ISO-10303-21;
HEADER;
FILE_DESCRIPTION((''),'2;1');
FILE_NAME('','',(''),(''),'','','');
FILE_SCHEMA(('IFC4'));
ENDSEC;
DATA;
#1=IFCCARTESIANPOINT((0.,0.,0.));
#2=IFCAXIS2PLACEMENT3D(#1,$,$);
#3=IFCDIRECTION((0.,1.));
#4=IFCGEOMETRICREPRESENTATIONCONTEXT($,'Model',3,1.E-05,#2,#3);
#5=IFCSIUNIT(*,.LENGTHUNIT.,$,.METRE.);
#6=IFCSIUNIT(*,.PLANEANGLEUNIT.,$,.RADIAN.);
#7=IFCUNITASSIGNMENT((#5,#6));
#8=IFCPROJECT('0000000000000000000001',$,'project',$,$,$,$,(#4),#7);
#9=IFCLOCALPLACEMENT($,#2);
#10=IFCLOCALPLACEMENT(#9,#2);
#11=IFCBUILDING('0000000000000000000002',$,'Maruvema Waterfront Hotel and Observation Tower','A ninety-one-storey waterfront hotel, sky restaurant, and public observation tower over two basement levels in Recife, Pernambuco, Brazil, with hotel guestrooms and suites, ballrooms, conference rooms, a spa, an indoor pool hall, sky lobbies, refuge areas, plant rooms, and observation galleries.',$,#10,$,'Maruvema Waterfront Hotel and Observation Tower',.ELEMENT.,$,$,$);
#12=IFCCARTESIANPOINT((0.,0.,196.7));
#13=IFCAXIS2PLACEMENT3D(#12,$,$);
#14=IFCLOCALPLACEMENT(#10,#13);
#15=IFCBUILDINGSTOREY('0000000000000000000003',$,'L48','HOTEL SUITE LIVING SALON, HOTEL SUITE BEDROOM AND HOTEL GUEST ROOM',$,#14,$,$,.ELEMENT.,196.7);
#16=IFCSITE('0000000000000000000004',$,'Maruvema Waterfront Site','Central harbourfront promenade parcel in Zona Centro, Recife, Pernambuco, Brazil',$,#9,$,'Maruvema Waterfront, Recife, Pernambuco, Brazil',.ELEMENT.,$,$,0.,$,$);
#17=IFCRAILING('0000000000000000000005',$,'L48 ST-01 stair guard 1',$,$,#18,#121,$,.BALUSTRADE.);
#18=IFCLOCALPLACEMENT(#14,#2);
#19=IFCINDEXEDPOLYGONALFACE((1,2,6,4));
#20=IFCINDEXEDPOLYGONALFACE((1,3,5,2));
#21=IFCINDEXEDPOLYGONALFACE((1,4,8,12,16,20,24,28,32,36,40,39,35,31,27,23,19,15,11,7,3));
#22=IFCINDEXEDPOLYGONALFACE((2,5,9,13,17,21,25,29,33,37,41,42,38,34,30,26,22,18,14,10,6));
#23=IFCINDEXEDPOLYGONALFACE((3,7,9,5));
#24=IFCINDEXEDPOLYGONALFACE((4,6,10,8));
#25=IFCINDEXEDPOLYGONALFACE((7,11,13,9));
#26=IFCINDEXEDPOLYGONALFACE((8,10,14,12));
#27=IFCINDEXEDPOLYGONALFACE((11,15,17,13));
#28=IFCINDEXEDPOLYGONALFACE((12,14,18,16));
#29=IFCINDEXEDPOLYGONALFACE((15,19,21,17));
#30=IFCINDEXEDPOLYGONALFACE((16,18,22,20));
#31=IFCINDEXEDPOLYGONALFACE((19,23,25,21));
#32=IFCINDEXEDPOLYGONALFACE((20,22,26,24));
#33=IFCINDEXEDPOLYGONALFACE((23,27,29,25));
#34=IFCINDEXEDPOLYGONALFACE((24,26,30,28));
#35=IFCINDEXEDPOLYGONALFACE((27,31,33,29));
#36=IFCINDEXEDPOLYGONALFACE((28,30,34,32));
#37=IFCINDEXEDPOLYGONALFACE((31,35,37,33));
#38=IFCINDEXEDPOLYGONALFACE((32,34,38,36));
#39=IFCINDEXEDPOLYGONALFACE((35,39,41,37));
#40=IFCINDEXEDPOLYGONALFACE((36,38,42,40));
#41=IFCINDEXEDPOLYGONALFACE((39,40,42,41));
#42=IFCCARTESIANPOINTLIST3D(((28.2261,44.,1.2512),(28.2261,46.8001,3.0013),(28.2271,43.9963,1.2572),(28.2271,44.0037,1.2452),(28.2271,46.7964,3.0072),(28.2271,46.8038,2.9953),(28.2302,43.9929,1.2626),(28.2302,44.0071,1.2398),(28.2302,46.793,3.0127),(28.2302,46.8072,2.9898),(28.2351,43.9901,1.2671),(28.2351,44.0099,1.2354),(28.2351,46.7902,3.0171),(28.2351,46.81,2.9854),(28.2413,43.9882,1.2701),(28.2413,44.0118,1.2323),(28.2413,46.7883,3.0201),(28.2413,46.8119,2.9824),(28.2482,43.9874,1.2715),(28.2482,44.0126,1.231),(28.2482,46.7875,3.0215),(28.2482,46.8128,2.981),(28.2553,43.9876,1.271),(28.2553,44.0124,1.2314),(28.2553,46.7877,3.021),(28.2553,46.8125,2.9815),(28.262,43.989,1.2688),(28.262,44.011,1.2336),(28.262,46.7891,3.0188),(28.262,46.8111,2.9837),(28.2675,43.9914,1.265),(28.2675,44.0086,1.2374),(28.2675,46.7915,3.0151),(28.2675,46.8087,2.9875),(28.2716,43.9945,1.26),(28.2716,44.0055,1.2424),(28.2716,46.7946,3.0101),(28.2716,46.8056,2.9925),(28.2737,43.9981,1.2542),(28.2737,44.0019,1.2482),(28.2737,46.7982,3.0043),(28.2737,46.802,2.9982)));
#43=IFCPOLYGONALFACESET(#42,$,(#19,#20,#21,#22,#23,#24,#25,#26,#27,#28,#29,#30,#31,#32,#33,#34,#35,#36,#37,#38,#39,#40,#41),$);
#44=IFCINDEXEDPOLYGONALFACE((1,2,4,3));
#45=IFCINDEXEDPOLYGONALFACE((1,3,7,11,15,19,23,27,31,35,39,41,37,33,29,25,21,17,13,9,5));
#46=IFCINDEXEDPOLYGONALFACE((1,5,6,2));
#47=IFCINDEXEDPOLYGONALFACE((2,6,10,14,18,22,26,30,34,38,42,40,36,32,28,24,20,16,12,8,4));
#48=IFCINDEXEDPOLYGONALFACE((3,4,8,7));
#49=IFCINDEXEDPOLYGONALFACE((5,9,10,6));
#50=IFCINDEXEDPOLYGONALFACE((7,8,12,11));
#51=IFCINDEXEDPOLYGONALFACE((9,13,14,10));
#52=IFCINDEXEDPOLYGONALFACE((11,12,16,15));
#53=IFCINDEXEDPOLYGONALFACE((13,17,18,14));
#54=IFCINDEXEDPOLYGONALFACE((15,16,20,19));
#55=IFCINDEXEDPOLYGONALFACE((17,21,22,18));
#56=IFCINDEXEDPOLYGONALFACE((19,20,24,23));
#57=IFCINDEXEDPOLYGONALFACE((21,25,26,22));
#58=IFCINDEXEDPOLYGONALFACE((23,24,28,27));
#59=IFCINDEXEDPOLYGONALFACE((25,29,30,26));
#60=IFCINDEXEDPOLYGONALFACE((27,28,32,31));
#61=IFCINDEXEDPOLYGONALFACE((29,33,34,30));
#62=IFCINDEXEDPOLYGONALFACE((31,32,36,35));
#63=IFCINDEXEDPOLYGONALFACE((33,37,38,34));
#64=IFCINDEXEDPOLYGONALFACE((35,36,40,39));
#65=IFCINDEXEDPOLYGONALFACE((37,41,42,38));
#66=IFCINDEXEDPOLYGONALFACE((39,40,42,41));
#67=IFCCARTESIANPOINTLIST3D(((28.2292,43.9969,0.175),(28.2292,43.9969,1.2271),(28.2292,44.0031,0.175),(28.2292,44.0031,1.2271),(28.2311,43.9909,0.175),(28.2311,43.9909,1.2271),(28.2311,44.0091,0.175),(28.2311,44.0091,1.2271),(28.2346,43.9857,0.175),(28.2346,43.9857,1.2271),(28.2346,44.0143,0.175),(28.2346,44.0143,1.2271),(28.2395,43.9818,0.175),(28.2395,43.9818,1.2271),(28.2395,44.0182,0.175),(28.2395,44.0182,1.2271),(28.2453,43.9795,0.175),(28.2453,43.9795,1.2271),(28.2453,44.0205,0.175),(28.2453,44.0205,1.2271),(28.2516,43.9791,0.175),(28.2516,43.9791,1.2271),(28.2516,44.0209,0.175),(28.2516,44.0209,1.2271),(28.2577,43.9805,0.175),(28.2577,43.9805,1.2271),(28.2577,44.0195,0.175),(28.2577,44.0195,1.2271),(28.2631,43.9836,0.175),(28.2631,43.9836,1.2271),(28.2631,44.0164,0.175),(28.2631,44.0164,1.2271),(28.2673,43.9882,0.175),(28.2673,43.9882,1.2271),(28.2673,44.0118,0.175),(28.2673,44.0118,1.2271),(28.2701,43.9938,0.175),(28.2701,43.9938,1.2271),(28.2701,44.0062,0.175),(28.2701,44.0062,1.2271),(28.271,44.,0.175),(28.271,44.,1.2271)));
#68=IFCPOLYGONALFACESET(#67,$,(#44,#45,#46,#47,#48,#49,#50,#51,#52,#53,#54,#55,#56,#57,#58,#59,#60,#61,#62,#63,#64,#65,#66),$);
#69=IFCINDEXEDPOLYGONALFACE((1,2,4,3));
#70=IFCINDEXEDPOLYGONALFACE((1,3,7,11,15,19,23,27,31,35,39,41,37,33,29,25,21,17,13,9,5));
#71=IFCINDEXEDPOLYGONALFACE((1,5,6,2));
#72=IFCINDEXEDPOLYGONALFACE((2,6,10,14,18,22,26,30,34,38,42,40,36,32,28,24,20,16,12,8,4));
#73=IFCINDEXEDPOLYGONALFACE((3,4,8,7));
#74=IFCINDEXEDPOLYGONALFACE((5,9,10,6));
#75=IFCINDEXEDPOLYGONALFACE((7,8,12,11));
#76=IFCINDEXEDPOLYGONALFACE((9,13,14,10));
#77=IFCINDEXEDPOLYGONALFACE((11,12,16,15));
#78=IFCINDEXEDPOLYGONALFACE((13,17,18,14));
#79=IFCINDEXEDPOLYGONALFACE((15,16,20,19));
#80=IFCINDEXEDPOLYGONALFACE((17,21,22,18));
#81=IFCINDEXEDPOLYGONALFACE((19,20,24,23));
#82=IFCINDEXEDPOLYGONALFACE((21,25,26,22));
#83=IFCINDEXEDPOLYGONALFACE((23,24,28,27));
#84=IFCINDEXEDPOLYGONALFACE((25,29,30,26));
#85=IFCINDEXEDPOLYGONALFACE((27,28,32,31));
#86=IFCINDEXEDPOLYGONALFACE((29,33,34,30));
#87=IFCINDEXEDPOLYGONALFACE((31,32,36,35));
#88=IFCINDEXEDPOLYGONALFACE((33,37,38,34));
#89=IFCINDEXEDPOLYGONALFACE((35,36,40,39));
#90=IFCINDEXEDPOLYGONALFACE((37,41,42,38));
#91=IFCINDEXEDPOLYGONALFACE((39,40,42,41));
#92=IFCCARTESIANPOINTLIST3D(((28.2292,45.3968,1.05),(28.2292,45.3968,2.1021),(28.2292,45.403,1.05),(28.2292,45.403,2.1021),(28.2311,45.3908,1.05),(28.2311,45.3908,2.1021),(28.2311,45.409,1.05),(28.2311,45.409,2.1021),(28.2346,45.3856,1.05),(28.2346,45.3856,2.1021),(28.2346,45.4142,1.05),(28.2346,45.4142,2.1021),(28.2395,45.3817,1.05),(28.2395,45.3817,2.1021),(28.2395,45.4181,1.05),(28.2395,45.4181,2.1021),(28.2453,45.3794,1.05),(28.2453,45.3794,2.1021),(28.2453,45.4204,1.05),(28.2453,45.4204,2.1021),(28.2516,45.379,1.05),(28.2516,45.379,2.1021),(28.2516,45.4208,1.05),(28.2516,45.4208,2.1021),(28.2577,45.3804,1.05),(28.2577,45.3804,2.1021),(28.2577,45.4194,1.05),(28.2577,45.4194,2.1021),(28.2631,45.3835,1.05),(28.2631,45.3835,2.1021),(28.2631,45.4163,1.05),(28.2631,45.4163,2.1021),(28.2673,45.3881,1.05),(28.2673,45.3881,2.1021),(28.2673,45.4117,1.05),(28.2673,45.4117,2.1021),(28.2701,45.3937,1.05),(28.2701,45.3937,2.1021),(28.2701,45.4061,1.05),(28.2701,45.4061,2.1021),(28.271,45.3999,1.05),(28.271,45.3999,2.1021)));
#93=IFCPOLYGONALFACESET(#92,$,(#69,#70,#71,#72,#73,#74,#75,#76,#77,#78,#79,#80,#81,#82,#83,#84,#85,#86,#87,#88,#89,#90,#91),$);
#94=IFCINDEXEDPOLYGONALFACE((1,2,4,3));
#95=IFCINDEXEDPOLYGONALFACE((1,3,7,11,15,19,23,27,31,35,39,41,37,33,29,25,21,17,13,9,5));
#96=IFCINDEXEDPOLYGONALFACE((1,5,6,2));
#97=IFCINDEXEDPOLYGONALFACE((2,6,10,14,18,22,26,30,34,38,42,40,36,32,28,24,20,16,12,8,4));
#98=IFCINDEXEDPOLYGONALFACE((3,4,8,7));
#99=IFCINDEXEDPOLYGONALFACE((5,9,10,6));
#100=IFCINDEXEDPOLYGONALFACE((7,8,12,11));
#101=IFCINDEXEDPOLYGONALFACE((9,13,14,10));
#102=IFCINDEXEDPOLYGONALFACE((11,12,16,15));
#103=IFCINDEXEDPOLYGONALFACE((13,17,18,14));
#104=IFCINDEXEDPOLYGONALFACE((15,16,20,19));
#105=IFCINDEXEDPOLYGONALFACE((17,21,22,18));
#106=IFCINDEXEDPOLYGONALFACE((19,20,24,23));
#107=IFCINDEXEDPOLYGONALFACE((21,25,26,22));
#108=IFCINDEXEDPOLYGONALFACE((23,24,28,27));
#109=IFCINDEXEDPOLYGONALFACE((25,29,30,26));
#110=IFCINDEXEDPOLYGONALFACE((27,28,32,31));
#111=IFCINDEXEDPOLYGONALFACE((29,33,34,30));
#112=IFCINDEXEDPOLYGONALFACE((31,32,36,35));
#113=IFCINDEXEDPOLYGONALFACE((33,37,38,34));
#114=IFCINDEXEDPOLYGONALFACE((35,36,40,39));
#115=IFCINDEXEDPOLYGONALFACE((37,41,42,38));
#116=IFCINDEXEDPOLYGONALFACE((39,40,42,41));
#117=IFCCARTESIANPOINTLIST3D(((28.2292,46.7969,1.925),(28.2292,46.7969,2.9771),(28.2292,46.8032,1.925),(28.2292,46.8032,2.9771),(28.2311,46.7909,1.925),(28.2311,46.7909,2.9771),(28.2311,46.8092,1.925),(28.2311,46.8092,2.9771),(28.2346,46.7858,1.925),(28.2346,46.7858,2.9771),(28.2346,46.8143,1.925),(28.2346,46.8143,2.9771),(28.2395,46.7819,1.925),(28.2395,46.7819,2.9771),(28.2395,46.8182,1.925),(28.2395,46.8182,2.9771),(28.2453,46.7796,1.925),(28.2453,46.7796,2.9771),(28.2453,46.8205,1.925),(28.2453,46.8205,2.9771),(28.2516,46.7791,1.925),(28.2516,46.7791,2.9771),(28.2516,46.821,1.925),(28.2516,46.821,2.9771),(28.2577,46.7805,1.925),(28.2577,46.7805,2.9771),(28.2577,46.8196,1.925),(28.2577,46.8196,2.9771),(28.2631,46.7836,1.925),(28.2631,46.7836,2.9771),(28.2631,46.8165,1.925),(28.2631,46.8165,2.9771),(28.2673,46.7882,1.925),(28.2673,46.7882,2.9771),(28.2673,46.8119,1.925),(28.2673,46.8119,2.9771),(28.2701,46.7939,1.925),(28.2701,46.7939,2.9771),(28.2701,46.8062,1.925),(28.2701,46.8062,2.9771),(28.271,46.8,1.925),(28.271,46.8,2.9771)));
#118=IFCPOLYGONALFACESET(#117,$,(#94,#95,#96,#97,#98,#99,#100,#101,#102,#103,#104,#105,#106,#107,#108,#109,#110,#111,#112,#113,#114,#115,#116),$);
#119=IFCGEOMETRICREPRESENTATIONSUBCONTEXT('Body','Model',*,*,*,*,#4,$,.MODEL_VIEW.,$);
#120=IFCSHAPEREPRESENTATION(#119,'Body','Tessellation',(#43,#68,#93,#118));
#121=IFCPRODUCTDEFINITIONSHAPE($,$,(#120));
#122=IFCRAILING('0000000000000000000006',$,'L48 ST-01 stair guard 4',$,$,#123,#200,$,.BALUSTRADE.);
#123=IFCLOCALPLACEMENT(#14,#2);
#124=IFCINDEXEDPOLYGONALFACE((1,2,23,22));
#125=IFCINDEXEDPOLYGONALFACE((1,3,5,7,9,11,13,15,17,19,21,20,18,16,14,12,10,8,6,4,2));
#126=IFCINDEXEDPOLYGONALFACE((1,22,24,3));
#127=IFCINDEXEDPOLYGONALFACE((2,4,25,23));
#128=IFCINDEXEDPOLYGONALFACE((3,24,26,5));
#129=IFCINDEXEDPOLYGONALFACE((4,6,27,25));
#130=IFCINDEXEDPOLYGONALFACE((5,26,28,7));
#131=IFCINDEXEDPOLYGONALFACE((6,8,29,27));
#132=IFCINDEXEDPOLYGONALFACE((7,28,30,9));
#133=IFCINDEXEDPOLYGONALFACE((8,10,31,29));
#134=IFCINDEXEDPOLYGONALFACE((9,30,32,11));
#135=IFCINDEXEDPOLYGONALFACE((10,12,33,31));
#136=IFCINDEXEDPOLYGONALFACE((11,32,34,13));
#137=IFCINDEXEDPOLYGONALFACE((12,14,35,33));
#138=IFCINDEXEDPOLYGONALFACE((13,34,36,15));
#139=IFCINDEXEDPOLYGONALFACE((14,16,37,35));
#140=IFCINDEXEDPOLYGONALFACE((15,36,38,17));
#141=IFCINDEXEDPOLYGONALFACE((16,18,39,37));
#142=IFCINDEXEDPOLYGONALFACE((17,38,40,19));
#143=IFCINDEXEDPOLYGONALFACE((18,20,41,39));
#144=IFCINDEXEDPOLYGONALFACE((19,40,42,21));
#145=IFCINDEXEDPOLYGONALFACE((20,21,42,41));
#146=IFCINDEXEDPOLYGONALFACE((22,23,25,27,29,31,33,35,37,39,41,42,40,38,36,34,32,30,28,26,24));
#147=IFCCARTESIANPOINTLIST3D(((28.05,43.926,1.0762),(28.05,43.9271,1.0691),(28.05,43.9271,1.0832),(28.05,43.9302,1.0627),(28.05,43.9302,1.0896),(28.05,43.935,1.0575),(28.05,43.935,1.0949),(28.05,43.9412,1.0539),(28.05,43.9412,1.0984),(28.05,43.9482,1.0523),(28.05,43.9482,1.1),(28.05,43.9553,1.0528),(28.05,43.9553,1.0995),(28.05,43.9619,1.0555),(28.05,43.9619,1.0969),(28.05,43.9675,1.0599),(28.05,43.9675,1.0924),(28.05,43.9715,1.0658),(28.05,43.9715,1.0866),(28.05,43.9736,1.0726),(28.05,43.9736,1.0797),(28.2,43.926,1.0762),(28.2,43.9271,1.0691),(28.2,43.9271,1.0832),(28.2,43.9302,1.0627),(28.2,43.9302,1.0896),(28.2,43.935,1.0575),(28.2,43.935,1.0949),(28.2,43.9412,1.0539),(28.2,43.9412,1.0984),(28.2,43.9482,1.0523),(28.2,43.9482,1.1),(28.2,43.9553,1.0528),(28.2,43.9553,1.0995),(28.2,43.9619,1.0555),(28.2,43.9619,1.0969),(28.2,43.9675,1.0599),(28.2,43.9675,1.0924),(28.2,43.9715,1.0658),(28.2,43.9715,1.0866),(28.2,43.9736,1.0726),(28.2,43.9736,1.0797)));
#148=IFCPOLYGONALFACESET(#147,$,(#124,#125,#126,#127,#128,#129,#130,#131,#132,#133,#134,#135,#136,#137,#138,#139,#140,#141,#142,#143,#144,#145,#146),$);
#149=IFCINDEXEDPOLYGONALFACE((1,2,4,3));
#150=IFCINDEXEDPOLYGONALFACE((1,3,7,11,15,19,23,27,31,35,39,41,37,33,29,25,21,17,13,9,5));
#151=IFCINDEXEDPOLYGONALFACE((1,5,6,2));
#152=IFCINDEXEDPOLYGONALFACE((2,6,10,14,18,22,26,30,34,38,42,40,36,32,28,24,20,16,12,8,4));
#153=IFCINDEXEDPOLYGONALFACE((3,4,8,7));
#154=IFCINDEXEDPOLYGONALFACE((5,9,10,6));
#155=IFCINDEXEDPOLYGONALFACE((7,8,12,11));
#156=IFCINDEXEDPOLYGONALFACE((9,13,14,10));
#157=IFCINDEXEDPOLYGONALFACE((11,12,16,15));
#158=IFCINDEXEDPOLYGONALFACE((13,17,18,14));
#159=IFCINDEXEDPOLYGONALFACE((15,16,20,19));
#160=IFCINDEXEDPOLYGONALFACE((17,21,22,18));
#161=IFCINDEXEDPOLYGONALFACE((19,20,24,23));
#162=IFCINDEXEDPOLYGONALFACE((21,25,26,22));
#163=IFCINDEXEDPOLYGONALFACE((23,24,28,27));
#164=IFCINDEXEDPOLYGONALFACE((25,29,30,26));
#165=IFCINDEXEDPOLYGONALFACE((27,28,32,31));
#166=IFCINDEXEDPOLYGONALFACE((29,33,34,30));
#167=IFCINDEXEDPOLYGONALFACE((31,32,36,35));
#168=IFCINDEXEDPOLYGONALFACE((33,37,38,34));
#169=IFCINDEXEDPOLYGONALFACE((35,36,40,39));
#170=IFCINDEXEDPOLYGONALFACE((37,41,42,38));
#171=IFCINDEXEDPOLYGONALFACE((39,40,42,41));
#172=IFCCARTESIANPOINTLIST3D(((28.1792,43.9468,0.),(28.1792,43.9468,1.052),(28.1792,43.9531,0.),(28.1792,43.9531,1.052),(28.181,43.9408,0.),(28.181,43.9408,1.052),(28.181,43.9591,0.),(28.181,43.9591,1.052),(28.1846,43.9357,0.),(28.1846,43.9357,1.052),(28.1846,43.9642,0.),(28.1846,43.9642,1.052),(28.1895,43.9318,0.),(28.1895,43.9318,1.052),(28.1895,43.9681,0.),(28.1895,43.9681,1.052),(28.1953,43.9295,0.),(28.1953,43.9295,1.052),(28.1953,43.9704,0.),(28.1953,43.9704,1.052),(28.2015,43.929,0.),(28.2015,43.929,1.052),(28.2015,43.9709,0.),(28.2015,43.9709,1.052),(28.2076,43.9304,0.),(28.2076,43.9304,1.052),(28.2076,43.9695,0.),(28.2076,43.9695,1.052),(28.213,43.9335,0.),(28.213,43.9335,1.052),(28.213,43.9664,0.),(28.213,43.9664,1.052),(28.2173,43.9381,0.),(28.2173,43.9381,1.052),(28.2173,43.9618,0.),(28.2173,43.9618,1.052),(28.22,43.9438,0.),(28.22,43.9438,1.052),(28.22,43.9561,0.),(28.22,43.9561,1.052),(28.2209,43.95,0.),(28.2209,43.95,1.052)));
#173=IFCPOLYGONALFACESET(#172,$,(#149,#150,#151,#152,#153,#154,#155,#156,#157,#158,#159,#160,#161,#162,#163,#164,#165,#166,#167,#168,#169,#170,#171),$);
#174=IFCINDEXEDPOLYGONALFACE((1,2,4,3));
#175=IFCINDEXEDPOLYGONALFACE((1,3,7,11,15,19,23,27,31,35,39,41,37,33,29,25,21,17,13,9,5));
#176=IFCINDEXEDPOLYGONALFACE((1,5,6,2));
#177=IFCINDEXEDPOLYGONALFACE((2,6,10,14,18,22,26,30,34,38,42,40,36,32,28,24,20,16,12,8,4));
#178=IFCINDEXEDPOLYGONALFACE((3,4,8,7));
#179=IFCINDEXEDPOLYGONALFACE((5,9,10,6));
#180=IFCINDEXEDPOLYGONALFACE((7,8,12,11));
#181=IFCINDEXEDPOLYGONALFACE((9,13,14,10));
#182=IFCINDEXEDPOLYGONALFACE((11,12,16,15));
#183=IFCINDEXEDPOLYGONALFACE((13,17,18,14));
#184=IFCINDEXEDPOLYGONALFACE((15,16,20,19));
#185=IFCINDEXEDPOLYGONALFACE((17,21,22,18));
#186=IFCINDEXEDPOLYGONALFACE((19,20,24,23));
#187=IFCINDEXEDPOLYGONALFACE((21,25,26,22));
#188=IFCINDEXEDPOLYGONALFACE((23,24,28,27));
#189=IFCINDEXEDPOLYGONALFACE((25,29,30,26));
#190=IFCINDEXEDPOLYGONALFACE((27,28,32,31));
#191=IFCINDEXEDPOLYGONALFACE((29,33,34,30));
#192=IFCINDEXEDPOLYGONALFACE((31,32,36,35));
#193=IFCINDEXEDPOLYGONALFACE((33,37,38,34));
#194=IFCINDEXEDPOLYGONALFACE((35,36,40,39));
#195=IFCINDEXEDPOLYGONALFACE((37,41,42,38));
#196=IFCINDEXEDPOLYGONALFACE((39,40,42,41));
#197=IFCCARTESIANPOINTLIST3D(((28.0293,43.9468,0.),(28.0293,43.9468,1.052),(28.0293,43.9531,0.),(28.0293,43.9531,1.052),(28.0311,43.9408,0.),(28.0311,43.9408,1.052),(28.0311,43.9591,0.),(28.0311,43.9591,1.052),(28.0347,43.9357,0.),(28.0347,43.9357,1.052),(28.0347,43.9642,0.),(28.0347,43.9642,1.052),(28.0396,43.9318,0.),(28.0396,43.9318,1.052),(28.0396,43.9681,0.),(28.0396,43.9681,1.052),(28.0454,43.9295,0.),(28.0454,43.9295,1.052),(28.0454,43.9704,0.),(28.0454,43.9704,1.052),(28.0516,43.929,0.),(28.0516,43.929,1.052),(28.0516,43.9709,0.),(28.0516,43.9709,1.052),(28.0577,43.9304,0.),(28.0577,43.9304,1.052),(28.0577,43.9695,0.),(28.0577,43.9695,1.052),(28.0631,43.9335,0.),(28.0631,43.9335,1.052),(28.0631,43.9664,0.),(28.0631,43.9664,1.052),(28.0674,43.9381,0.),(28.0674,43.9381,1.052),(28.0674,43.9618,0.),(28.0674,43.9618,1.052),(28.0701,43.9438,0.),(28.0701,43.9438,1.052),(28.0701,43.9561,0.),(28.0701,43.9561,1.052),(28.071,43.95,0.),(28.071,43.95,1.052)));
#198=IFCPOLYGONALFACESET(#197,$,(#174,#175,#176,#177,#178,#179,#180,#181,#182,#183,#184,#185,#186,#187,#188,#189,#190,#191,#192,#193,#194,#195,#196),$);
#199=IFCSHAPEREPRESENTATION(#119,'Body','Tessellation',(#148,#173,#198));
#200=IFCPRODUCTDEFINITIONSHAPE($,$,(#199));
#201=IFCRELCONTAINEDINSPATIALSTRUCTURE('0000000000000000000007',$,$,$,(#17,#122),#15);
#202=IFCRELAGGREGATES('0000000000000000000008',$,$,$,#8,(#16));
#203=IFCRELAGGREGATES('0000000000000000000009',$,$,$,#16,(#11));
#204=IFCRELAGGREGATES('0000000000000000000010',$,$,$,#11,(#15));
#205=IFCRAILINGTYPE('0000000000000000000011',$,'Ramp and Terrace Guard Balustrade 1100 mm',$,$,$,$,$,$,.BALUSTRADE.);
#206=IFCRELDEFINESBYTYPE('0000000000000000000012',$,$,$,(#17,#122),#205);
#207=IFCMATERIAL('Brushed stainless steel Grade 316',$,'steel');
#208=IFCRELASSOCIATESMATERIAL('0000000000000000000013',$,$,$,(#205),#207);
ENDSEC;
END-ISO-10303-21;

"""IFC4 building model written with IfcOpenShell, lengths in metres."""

from ifc_helpers import new_model, si_unit, direction, frame, origin, origin_2d, place, context, subcontext, project, spatial, circle, extrude, material, type_object, element, save


model = new_model("IFC4")

# Units and contexts
model_context = context("Model", 3, precision=1e-05, world=origin(), true_north=direction((0.0, 1.0)))
body_context = subcontext(model_context, "Body", "Model", "MODEL_VIEW")
ifc_project = project(units=[si_unit("LENGTHUNIT", "METRE"), si_unit("PLANEANGLEUNIT", "RADIAN")], contexts=[model_context])

# Site, building, storey
site_placement = place(None, origin())
site = spatial("IfcSite", under=ifc_project, at=site_placement, Name="Maruvema Waterfront Site", Description="Central harbourfront promenade parcel in Zona Centro, Recife, Pernambuco, Brazil", LongName="Maruvema Waterfront, Recife, Pernambuco, Brazil", CompositionType="ELEMENT", RefElevation=0.0)
building_placement = place(site_placement, origin())
building = spatial("IfcBuilding", under=site, at=building_placement, Name="Maruvema Waterfront Hotel and Observation Tower", Description="A ninety-one-storey waterfront hotel, sky restaurant, and public observation tower over two basement levels in Recife, Pernambuco, Brazil, with hotel guestrooms and suites, ballrooms, conference rooms, a spa, an indoor pool hall, sky lobbies, refuge areas, plant rooms, and observation galleries.", LongName="Maruvema Waterfront Hotel and Observation Tower", CompositionType="ELEMENT")
storey_placement = place(building_placement, frame((0.0, 0.0, 196.7)))
storey = spatial("IfcBuildingStorey", under=building, at=storey_placement, Name="L48", Description="HOTEL SUITE LIVING SALON, HOTEL SUITE BEDROOM AND HOTEL GUEST ROOM", CompositionType="ELEMENT", Elevation=196.7)

# Railings
ifc_material_1 = material(Name="Brushed stainless steel Grade 316", Category="steel")
railing_type_1 = type_object("IfcRailingType", Name="Ramp and Terrace Guard Balustrade 1100 mm", PredefinedType="BALUSTRADE", material=ifc_material_1)
railing_1_placement = place(storey_placement, frame((28.25, 44.0, 0.175)))
element("IfcRailing", 1, at=railing_1_placement, inside=storey, type_object=railing_type_1, Name="L48 ST-01 stair guard 1", PredefinedType="BALUSTRADE", context=body_context, shape_type="SweptSolid", body=[
    extrude(circle(Radius=0.0239, at=origin_2d()), frame((0.0, 0.0, 1.0762), z_axis=(0.0, 0.848002, 0.529992), x_axis=(-1.0, 0.0, 0.0)), (0.0, 0.0, 1.0), 3.302),
    extrude(circle(Radius=0.021, at=origin_2d()), origin(), (0.0, 0.0, 1.0), 1.052),
    extrude(circle(Radius=0.021, at=origin_2d()), frame((0.0, 1.3999, 0.875)), (0.0, 0.0, 1.0), 1.052),
    extrude(circle(Radius=0.021, at=origin_2d()), frame((0.0, 2.8, 1.75)), (0.0, 0.0, 1.0), 1.052),
])
railing_2_placement = place(storey_placement, frame((28.2, 43.95, 0.0)))
element("IfcRailing", 2, at=railing_2_placement, inside=storey, type_object=railing_type_1, Name="L48 ST-01 stair guard 4", PredefinedType="BALUSTRADE", context=body_context, shape_type="SweptSolid", body=[
    extrude(circle(Radius=0.0239, at=origin_2d()), frame((0.0, 0.0, 1.0762), z_axis=(-1.0, 0.0, 0.0), x_axis=(0.0, -1.0, 0.0)), (0.0, 0.0, 1.0), 0.1499),
    extrude(circle(Radius=0.021, at=origin_2d()), origin(), (0.0, 0.0, 1.0), 1.052),
    extrude(circle(Radius=0.021, at=origin_2d()), frame((-0.1499, 0.0, 0.0)), (0.0, 0.0, 1.0), 1.052),
])

save(model, "model.ifc")
